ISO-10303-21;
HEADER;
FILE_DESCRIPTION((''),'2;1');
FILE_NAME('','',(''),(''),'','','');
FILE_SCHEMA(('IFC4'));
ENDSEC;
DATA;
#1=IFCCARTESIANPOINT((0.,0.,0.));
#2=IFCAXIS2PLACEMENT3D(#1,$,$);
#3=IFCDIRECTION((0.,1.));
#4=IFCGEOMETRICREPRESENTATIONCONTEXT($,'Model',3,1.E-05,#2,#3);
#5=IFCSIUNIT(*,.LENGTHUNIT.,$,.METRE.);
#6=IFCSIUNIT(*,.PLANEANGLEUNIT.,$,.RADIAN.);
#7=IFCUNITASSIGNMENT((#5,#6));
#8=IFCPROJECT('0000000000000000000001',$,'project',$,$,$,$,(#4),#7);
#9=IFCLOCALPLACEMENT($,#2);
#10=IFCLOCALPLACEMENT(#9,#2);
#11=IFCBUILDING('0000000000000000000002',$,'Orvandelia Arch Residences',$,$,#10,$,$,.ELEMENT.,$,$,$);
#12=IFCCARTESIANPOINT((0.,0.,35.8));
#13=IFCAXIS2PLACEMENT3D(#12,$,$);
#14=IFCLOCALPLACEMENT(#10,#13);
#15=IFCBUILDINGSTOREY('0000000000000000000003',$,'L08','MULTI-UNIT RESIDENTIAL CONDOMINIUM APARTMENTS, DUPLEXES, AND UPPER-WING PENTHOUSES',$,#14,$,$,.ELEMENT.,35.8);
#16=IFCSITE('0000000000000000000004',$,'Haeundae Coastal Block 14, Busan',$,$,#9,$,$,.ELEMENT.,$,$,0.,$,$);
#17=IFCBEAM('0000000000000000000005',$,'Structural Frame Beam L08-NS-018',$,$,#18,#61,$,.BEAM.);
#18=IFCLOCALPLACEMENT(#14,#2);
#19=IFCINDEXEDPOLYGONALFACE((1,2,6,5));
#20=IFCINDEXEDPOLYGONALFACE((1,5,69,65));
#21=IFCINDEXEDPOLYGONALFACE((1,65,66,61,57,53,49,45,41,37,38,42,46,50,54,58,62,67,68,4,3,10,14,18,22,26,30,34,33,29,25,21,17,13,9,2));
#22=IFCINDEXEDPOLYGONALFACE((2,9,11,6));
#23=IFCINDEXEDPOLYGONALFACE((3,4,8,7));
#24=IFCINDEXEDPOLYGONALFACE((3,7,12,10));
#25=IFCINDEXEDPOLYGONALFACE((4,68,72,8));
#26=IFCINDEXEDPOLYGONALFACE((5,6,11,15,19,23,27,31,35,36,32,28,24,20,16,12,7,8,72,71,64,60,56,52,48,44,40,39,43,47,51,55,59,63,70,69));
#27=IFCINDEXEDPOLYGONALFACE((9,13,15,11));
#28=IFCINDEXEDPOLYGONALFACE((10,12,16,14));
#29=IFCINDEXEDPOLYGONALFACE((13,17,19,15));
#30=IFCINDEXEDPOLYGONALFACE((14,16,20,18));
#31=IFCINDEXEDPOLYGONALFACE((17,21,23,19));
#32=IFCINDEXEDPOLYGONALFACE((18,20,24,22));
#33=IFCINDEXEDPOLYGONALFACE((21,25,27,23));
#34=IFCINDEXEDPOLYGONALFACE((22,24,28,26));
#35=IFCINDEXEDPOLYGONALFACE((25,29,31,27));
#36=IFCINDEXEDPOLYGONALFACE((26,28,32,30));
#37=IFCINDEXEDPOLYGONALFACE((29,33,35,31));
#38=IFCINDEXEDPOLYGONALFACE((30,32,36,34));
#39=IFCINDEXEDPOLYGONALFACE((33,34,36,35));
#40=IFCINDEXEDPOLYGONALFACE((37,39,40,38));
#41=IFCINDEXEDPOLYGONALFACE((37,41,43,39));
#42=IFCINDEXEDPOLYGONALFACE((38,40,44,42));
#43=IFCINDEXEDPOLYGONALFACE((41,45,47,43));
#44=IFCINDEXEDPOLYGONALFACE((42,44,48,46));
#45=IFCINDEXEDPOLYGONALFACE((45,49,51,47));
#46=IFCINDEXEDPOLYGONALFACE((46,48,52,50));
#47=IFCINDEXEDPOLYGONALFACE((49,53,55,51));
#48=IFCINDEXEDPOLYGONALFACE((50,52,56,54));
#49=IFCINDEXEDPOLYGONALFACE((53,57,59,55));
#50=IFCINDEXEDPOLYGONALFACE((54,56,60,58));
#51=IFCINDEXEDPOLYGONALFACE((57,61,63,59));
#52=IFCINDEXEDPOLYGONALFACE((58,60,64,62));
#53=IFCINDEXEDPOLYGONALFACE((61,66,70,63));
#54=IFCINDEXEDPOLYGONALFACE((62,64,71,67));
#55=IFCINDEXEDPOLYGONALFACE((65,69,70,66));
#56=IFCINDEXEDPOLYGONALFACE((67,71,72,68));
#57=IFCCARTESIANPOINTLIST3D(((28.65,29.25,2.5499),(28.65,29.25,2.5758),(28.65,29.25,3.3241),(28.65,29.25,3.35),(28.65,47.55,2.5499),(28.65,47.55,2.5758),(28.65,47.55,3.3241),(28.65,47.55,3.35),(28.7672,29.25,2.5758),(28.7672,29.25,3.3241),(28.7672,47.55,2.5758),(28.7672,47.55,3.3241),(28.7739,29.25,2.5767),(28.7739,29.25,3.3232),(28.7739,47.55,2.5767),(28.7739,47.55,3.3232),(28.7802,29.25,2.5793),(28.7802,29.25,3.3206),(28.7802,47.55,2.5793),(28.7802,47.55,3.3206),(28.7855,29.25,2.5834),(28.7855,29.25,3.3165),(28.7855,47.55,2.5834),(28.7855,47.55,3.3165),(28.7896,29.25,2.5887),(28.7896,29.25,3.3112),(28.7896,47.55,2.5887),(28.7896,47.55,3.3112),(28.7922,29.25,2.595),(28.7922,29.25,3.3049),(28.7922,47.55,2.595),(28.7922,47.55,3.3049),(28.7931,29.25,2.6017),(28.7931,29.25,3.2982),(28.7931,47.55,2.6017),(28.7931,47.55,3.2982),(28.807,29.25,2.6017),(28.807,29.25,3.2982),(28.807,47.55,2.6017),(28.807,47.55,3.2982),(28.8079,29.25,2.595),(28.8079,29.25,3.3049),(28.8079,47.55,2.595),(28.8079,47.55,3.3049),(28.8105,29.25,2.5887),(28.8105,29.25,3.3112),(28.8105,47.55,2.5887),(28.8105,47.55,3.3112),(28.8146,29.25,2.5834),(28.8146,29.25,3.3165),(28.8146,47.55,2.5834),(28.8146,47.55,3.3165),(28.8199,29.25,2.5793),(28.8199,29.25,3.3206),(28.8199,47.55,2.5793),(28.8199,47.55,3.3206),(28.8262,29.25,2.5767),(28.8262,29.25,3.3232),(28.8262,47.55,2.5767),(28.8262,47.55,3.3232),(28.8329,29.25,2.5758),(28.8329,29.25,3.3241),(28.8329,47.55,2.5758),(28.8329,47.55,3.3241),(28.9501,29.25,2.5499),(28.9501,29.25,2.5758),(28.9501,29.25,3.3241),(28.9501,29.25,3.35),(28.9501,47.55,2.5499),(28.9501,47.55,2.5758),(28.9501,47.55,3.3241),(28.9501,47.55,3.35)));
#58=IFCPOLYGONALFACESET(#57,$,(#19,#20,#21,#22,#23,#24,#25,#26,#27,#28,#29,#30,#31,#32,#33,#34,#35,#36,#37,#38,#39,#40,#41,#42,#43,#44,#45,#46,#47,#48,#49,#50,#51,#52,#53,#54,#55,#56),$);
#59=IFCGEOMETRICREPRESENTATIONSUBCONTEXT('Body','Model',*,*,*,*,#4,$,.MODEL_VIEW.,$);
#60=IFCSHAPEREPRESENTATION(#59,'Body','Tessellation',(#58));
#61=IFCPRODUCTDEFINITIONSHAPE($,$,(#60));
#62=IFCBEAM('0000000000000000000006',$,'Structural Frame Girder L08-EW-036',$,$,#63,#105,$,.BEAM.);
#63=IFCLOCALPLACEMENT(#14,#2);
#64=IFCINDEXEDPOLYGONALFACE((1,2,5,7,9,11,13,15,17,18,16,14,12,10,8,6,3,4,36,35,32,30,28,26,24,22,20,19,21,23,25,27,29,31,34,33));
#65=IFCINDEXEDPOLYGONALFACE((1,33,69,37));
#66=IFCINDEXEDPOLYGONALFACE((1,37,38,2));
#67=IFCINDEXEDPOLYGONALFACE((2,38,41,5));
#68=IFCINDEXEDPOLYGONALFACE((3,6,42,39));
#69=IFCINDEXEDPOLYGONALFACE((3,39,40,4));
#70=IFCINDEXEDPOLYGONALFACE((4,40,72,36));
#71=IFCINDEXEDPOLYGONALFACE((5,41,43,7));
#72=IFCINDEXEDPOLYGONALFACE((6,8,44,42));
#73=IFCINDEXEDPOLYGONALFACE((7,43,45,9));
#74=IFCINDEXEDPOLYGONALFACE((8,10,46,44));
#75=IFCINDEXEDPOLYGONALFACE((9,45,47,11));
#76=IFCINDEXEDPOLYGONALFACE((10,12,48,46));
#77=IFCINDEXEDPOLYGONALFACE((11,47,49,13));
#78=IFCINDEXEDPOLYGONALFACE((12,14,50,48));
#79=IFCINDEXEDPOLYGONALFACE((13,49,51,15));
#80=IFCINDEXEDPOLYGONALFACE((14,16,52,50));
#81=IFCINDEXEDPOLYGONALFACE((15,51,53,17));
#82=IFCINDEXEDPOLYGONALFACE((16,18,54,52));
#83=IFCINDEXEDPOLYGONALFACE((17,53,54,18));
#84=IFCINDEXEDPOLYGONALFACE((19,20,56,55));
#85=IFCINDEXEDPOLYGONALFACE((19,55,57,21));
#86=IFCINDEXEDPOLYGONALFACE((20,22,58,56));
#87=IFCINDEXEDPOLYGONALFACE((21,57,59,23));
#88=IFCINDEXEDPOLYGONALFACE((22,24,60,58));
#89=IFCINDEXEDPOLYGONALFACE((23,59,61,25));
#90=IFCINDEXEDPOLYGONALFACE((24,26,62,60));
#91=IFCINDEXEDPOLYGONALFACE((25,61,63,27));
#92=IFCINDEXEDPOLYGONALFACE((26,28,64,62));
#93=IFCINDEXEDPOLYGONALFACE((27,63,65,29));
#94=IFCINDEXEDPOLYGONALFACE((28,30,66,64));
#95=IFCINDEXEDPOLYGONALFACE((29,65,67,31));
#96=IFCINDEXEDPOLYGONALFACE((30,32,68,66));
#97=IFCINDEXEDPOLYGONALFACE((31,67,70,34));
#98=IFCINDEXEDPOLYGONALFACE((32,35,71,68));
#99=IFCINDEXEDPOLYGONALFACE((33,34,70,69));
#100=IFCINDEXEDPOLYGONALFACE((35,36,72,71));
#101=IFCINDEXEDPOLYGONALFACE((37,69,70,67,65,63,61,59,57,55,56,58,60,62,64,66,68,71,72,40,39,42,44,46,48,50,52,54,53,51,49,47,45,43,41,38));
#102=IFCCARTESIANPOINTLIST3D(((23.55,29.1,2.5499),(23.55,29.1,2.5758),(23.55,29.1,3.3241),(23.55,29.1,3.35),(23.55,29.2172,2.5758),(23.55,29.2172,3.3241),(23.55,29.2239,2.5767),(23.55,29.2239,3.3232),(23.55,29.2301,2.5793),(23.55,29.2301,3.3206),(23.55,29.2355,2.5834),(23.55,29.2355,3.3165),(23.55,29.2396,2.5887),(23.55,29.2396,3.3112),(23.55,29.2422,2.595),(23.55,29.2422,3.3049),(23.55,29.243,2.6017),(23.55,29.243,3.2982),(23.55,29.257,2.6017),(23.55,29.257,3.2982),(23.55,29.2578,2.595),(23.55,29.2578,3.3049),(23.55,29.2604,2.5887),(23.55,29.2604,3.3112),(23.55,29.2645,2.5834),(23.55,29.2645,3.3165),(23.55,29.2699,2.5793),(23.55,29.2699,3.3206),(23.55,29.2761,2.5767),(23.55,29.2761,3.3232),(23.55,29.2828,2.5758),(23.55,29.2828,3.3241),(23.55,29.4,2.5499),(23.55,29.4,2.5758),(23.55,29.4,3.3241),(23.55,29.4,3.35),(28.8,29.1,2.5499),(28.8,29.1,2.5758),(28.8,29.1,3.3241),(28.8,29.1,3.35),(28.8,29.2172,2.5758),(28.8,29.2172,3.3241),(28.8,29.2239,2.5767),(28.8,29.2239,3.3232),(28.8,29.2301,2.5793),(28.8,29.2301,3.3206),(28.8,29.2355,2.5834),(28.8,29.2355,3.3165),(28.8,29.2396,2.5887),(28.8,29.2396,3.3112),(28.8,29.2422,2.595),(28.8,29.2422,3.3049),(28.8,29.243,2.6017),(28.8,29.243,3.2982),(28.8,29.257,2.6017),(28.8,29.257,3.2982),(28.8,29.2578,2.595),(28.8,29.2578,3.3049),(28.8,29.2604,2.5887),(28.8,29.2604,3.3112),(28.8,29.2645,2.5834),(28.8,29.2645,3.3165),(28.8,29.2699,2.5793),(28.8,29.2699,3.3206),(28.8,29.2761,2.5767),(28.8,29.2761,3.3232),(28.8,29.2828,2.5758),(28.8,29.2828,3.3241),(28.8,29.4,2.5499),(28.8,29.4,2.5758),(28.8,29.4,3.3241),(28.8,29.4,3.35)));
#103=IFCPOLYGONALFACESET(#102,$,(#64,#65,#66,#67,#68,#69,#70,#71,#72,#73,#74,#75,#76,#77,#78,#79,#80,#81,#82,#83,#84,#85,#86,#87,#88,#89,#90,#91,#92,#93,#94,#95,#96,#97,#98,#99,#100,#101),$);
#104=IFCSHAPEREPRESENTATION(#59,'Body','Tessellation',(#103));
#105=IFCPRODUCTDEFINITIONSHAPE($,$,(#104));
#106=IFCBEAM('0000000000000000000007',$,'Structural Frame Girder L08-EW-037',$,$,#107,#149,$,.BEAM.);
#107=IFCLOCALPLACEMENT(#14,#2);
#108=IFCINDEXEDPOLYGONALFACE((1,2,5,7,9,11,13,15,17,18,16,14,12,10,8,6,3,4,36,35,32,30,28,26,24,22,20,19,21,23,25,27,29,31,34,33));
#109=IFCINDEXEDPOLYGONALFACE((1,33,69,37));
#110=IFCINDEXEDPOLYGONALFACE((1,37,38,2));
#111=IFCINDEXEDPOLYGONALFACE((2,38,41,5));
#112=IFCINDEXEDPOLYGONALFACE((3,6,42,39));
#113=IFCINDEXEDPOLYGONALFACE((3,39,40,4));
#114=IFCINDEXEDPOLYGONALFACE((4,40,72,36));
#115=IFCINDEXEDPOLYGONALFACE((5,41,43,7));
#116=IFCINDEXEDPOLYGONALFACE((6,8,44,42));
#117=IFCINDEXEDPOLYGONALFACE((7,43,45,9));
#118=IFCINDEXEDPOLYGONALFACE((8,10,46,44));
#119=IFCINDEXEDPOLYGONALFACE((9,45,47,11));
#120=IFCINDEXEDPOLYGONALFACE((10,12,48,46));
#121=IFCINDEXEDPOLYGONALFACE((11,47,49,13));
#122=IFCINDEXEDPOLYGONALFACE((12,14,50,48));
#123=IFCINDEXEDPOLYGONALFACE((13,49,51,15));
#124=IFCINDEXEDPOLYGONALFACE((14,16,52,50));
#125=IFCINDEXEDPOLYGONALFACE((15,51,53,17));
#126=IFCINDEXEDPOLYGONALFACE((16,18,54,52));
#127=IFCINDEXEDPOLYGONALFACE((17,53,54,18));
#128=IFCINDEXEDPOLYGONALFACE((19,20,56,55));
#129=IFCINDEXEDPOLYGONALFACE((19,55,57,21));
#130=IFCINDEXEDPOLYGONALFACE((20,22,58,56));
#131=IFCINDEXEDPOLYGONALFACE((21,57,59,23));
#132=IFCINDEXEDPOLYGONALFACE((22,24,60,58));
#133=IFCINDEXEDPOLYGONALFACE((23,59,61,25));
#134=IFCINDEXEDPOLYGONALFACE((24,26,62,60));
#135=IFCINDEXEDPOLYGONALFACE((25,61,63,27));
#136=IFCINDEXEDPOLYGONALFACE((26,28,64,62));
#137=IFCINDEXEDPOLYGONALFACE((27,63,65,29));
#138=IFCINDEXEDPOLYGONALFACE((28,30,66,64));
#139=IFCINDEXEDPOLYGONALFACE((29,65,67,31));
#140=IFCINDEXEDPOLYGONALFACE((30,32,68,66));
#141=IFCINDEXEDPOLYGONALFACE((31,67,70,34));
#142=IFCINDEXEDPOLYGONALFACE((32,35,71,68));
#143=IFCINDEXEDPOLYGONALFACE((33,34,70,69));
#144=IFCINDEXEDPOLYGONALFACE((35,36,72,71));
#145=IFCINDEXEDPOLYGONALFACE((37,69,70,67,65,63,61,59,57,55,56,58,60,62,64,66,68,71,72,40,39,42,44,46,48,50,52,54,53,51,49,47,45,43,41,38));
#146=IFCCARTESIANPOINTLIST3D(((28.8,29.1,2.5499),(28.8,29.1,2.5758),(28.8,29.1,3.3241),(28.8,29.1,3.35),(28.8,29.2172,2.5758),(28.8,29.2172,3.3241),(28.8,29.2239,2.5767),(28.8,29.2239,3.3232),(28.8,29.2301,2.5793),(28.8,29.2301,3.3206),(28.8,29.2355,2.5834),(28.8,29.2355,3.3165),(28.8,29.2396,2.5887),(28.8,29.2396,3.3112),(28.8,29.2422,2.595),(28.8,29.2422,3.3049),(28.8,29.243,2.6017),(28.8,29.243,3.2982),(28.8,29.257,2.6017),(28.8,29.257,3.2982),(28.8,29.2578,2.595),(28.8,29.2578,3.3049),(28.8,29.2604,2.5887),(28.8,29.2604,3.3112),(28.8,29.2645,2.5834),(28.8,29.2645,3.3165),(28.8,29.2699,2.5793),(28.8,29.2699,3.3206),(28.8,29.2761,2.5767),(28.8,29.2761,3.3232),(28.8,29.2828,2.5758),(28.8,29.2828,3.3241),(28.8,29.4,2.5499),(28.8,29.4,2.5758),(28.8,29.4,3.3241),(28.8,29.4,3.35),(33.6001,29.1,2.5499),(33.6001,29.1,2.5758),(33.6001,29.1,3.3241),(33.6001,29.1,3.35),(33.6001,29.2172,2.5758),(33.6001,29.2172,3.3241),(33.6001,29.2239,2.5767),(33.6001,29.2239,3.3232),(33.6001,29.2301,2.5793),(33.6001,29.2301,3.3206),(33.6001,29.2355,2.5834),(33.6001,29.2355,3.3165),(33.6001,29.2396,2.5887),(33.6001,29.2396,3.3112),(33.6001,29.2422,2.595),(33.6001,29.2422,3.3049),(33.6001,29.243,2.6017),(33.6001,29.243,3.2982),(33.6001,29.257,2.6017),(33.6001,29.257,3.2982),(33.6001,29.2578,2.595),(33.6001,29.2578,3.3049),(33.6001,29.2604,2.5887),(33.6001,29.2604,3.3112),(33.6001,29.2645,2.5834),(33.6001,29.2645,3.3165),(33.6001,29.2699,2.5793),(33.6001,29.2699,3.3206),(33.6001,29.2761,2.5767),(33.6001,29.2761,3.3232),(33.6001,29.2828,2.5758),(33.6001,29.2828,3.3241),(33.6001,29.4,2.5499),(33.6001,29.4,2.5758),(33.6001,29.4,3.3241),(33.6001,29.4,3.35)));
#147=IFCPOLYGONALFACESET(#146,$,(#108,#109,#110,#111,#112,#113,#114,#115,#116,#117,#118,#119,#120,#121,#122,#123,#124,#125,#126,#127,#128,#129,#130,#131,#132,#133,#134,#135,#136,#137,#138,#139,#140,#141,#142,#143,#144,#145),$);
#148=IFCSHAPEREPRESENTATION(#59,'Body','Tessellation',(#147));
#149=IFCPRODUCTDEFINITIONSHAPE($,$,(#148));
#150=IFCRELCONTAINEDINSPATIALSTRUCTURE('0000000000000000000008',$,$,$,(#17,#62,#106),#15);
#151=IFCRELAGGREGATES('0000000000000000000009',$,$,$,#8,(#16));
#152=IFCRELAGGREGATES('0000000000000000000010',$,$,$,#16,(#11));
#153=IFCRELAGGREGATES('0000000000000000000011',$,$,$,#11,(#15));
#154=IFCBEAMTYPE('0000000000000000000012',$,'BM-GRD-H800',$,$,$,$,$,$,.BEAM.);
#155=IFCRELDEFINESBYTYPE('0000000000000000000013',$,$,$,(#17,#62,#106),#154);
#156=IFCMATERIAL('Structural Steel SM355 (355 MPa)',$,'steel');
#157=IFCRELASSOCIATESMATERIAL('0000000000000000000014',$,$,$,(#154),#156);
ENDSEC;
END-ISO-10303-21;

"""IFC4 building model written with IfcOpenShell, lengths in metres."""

from ifc_helpers import new_model, si_unit, direction, frame, origin, origin_2d, place, context, subcontext, project, spatial, i_section, extrude, material, material_profile, profile_set, type_object, element, save


model = new_model("IFC4")

# Units and contexts
model_context = context("Model", 3, precision=1e-05, world=origin(), true_north=direction((0.0, 1.0)))
body_context = subcontext(model_context, "Body", "Model", "MODEL_VIEW")
ifc_project = project(units=[si_unit("LENGTHUNIT", "METRE"), si_unit("PLANEANGLEUNIT", "RADIAN")], contexts=[model_context])

# Site, building, storey
site_placement = place(None, origin())
site = spatial("IfcSite", under=ifc_project, at=site_placement, Name="Haeundae Coastal Block 14, Busan", CompositionType="ELEMENT", RefElevation=0.0)
building_placement = place(site_placement, origin())
building = spatial("IfcBuilding", under=site, at=building_placement, Name="Orvandelia Arch Residences", CompositionType="ELEMENT")
storey_placement = place(building_placement, frame((0.0, 0.0, 35.8)))
storey = spatial("IfcBuildingStorey", under=building, at=storey_placement, Name="L08", Description="MULTI-UNIT RESIDENTIAL CONDOMINIUM APARTMENTS, DUPLEXES, AND UPPER-WING PENTHOUSES", CompositionType="ELEMENT", Elevation=35.8)

# Beams
ifc_material_1 = material(Name="Structural Steel SM355 (355 MPa)", Category="steel")
ifc_material_profile_1 = material_profile(ifc_material_1, i_section(OverallWidth=0.3, OverallDepth=0.8, WebThickness=0.0139, FlangeThickness=0.0259, FilletRadius=0.0259, at=origin_2d()), Name="Structural Steel SM355 (355 MPa)", Category="steel")
ifc_profile_set_1 = profile_set([ifc_material_profile_1], Name="Structural Steel SM355 (355 MPa)")
beam_type = type_object("IfcBeamType", Name="BM-GRD-H800", PredefinedType="BEAM", material=ifc_profile_set_1)
beam_1_placement = place(storey_placement, frame((28.8, 29.25, 2.95), z_axis=(0.0, 1.0, 0.0), x_axis=(-1.0, 0.0, 0.0)))
element("IfcBeam", 1, at=beam_1_placement, inside=storey, type_object=beam_type, Name="Structural Frame Beam L08-NS-018", PredefinedType="BEAM", context=body_context, shape_type="SweptSolid", body=[
    extrude(i_section(OverallWidth=0.3, OverallDepth=0.8, WebThickness=0.0139, FlangeThickness=0.0259, FilletRadius=0.0259, at=origin_2d()), origin(), (0.0, 0.0, 1.0), 18.3),
])
beam_2_placement = place(storey_placement, frame((23.55, 29.25, 2.95), z_axis=(1.0, 0.0, 0.0), x_axis=(0.0, 1.0, 0.0)))
element("IfcBeam", 2, at=beam_2_placement, inside=storey, type_object=beam_type, Name="Structural Frame Girder L08-EW-036", PredefinedType="BEAM", context=body_context, shape_type="SweptSolid", body=[
    extrude(i_section(OverallWidth=0.3, OverallDepth=0.8, WebThickness=0.0139, FlangeThickness=0.0259, FilletRadius=0.0259, at=origin_2d()), origin(), (0.0, 0.0, 1.0), 5.25),
])
beam_3_placement = place(storey_placement, frame((28.8, 29.25, 2.95), z_axis=(1.0, 0.0, 0.0), x_axis=(0.0, 1.0, 0.0)))
element("IfcBeam", 3, at=beam_3_placement, inside=storey, type_object=beam_type, Name="Structural Frame Girder L08-EW-037", PredefinedType="BEAM", context=body_context, shape_type="SweptSolid", body=[
    extrude(i_section(OverallWidth=0.3, OverallDepth=0.8, WebThickness=0.0139, FlangeThickness=0.0259, FilletRadius=0.0259, at=origin_2d()), origin(), (0.0, 0.0, 1.0), 4.8),
])

save(model, "model.ifc")
